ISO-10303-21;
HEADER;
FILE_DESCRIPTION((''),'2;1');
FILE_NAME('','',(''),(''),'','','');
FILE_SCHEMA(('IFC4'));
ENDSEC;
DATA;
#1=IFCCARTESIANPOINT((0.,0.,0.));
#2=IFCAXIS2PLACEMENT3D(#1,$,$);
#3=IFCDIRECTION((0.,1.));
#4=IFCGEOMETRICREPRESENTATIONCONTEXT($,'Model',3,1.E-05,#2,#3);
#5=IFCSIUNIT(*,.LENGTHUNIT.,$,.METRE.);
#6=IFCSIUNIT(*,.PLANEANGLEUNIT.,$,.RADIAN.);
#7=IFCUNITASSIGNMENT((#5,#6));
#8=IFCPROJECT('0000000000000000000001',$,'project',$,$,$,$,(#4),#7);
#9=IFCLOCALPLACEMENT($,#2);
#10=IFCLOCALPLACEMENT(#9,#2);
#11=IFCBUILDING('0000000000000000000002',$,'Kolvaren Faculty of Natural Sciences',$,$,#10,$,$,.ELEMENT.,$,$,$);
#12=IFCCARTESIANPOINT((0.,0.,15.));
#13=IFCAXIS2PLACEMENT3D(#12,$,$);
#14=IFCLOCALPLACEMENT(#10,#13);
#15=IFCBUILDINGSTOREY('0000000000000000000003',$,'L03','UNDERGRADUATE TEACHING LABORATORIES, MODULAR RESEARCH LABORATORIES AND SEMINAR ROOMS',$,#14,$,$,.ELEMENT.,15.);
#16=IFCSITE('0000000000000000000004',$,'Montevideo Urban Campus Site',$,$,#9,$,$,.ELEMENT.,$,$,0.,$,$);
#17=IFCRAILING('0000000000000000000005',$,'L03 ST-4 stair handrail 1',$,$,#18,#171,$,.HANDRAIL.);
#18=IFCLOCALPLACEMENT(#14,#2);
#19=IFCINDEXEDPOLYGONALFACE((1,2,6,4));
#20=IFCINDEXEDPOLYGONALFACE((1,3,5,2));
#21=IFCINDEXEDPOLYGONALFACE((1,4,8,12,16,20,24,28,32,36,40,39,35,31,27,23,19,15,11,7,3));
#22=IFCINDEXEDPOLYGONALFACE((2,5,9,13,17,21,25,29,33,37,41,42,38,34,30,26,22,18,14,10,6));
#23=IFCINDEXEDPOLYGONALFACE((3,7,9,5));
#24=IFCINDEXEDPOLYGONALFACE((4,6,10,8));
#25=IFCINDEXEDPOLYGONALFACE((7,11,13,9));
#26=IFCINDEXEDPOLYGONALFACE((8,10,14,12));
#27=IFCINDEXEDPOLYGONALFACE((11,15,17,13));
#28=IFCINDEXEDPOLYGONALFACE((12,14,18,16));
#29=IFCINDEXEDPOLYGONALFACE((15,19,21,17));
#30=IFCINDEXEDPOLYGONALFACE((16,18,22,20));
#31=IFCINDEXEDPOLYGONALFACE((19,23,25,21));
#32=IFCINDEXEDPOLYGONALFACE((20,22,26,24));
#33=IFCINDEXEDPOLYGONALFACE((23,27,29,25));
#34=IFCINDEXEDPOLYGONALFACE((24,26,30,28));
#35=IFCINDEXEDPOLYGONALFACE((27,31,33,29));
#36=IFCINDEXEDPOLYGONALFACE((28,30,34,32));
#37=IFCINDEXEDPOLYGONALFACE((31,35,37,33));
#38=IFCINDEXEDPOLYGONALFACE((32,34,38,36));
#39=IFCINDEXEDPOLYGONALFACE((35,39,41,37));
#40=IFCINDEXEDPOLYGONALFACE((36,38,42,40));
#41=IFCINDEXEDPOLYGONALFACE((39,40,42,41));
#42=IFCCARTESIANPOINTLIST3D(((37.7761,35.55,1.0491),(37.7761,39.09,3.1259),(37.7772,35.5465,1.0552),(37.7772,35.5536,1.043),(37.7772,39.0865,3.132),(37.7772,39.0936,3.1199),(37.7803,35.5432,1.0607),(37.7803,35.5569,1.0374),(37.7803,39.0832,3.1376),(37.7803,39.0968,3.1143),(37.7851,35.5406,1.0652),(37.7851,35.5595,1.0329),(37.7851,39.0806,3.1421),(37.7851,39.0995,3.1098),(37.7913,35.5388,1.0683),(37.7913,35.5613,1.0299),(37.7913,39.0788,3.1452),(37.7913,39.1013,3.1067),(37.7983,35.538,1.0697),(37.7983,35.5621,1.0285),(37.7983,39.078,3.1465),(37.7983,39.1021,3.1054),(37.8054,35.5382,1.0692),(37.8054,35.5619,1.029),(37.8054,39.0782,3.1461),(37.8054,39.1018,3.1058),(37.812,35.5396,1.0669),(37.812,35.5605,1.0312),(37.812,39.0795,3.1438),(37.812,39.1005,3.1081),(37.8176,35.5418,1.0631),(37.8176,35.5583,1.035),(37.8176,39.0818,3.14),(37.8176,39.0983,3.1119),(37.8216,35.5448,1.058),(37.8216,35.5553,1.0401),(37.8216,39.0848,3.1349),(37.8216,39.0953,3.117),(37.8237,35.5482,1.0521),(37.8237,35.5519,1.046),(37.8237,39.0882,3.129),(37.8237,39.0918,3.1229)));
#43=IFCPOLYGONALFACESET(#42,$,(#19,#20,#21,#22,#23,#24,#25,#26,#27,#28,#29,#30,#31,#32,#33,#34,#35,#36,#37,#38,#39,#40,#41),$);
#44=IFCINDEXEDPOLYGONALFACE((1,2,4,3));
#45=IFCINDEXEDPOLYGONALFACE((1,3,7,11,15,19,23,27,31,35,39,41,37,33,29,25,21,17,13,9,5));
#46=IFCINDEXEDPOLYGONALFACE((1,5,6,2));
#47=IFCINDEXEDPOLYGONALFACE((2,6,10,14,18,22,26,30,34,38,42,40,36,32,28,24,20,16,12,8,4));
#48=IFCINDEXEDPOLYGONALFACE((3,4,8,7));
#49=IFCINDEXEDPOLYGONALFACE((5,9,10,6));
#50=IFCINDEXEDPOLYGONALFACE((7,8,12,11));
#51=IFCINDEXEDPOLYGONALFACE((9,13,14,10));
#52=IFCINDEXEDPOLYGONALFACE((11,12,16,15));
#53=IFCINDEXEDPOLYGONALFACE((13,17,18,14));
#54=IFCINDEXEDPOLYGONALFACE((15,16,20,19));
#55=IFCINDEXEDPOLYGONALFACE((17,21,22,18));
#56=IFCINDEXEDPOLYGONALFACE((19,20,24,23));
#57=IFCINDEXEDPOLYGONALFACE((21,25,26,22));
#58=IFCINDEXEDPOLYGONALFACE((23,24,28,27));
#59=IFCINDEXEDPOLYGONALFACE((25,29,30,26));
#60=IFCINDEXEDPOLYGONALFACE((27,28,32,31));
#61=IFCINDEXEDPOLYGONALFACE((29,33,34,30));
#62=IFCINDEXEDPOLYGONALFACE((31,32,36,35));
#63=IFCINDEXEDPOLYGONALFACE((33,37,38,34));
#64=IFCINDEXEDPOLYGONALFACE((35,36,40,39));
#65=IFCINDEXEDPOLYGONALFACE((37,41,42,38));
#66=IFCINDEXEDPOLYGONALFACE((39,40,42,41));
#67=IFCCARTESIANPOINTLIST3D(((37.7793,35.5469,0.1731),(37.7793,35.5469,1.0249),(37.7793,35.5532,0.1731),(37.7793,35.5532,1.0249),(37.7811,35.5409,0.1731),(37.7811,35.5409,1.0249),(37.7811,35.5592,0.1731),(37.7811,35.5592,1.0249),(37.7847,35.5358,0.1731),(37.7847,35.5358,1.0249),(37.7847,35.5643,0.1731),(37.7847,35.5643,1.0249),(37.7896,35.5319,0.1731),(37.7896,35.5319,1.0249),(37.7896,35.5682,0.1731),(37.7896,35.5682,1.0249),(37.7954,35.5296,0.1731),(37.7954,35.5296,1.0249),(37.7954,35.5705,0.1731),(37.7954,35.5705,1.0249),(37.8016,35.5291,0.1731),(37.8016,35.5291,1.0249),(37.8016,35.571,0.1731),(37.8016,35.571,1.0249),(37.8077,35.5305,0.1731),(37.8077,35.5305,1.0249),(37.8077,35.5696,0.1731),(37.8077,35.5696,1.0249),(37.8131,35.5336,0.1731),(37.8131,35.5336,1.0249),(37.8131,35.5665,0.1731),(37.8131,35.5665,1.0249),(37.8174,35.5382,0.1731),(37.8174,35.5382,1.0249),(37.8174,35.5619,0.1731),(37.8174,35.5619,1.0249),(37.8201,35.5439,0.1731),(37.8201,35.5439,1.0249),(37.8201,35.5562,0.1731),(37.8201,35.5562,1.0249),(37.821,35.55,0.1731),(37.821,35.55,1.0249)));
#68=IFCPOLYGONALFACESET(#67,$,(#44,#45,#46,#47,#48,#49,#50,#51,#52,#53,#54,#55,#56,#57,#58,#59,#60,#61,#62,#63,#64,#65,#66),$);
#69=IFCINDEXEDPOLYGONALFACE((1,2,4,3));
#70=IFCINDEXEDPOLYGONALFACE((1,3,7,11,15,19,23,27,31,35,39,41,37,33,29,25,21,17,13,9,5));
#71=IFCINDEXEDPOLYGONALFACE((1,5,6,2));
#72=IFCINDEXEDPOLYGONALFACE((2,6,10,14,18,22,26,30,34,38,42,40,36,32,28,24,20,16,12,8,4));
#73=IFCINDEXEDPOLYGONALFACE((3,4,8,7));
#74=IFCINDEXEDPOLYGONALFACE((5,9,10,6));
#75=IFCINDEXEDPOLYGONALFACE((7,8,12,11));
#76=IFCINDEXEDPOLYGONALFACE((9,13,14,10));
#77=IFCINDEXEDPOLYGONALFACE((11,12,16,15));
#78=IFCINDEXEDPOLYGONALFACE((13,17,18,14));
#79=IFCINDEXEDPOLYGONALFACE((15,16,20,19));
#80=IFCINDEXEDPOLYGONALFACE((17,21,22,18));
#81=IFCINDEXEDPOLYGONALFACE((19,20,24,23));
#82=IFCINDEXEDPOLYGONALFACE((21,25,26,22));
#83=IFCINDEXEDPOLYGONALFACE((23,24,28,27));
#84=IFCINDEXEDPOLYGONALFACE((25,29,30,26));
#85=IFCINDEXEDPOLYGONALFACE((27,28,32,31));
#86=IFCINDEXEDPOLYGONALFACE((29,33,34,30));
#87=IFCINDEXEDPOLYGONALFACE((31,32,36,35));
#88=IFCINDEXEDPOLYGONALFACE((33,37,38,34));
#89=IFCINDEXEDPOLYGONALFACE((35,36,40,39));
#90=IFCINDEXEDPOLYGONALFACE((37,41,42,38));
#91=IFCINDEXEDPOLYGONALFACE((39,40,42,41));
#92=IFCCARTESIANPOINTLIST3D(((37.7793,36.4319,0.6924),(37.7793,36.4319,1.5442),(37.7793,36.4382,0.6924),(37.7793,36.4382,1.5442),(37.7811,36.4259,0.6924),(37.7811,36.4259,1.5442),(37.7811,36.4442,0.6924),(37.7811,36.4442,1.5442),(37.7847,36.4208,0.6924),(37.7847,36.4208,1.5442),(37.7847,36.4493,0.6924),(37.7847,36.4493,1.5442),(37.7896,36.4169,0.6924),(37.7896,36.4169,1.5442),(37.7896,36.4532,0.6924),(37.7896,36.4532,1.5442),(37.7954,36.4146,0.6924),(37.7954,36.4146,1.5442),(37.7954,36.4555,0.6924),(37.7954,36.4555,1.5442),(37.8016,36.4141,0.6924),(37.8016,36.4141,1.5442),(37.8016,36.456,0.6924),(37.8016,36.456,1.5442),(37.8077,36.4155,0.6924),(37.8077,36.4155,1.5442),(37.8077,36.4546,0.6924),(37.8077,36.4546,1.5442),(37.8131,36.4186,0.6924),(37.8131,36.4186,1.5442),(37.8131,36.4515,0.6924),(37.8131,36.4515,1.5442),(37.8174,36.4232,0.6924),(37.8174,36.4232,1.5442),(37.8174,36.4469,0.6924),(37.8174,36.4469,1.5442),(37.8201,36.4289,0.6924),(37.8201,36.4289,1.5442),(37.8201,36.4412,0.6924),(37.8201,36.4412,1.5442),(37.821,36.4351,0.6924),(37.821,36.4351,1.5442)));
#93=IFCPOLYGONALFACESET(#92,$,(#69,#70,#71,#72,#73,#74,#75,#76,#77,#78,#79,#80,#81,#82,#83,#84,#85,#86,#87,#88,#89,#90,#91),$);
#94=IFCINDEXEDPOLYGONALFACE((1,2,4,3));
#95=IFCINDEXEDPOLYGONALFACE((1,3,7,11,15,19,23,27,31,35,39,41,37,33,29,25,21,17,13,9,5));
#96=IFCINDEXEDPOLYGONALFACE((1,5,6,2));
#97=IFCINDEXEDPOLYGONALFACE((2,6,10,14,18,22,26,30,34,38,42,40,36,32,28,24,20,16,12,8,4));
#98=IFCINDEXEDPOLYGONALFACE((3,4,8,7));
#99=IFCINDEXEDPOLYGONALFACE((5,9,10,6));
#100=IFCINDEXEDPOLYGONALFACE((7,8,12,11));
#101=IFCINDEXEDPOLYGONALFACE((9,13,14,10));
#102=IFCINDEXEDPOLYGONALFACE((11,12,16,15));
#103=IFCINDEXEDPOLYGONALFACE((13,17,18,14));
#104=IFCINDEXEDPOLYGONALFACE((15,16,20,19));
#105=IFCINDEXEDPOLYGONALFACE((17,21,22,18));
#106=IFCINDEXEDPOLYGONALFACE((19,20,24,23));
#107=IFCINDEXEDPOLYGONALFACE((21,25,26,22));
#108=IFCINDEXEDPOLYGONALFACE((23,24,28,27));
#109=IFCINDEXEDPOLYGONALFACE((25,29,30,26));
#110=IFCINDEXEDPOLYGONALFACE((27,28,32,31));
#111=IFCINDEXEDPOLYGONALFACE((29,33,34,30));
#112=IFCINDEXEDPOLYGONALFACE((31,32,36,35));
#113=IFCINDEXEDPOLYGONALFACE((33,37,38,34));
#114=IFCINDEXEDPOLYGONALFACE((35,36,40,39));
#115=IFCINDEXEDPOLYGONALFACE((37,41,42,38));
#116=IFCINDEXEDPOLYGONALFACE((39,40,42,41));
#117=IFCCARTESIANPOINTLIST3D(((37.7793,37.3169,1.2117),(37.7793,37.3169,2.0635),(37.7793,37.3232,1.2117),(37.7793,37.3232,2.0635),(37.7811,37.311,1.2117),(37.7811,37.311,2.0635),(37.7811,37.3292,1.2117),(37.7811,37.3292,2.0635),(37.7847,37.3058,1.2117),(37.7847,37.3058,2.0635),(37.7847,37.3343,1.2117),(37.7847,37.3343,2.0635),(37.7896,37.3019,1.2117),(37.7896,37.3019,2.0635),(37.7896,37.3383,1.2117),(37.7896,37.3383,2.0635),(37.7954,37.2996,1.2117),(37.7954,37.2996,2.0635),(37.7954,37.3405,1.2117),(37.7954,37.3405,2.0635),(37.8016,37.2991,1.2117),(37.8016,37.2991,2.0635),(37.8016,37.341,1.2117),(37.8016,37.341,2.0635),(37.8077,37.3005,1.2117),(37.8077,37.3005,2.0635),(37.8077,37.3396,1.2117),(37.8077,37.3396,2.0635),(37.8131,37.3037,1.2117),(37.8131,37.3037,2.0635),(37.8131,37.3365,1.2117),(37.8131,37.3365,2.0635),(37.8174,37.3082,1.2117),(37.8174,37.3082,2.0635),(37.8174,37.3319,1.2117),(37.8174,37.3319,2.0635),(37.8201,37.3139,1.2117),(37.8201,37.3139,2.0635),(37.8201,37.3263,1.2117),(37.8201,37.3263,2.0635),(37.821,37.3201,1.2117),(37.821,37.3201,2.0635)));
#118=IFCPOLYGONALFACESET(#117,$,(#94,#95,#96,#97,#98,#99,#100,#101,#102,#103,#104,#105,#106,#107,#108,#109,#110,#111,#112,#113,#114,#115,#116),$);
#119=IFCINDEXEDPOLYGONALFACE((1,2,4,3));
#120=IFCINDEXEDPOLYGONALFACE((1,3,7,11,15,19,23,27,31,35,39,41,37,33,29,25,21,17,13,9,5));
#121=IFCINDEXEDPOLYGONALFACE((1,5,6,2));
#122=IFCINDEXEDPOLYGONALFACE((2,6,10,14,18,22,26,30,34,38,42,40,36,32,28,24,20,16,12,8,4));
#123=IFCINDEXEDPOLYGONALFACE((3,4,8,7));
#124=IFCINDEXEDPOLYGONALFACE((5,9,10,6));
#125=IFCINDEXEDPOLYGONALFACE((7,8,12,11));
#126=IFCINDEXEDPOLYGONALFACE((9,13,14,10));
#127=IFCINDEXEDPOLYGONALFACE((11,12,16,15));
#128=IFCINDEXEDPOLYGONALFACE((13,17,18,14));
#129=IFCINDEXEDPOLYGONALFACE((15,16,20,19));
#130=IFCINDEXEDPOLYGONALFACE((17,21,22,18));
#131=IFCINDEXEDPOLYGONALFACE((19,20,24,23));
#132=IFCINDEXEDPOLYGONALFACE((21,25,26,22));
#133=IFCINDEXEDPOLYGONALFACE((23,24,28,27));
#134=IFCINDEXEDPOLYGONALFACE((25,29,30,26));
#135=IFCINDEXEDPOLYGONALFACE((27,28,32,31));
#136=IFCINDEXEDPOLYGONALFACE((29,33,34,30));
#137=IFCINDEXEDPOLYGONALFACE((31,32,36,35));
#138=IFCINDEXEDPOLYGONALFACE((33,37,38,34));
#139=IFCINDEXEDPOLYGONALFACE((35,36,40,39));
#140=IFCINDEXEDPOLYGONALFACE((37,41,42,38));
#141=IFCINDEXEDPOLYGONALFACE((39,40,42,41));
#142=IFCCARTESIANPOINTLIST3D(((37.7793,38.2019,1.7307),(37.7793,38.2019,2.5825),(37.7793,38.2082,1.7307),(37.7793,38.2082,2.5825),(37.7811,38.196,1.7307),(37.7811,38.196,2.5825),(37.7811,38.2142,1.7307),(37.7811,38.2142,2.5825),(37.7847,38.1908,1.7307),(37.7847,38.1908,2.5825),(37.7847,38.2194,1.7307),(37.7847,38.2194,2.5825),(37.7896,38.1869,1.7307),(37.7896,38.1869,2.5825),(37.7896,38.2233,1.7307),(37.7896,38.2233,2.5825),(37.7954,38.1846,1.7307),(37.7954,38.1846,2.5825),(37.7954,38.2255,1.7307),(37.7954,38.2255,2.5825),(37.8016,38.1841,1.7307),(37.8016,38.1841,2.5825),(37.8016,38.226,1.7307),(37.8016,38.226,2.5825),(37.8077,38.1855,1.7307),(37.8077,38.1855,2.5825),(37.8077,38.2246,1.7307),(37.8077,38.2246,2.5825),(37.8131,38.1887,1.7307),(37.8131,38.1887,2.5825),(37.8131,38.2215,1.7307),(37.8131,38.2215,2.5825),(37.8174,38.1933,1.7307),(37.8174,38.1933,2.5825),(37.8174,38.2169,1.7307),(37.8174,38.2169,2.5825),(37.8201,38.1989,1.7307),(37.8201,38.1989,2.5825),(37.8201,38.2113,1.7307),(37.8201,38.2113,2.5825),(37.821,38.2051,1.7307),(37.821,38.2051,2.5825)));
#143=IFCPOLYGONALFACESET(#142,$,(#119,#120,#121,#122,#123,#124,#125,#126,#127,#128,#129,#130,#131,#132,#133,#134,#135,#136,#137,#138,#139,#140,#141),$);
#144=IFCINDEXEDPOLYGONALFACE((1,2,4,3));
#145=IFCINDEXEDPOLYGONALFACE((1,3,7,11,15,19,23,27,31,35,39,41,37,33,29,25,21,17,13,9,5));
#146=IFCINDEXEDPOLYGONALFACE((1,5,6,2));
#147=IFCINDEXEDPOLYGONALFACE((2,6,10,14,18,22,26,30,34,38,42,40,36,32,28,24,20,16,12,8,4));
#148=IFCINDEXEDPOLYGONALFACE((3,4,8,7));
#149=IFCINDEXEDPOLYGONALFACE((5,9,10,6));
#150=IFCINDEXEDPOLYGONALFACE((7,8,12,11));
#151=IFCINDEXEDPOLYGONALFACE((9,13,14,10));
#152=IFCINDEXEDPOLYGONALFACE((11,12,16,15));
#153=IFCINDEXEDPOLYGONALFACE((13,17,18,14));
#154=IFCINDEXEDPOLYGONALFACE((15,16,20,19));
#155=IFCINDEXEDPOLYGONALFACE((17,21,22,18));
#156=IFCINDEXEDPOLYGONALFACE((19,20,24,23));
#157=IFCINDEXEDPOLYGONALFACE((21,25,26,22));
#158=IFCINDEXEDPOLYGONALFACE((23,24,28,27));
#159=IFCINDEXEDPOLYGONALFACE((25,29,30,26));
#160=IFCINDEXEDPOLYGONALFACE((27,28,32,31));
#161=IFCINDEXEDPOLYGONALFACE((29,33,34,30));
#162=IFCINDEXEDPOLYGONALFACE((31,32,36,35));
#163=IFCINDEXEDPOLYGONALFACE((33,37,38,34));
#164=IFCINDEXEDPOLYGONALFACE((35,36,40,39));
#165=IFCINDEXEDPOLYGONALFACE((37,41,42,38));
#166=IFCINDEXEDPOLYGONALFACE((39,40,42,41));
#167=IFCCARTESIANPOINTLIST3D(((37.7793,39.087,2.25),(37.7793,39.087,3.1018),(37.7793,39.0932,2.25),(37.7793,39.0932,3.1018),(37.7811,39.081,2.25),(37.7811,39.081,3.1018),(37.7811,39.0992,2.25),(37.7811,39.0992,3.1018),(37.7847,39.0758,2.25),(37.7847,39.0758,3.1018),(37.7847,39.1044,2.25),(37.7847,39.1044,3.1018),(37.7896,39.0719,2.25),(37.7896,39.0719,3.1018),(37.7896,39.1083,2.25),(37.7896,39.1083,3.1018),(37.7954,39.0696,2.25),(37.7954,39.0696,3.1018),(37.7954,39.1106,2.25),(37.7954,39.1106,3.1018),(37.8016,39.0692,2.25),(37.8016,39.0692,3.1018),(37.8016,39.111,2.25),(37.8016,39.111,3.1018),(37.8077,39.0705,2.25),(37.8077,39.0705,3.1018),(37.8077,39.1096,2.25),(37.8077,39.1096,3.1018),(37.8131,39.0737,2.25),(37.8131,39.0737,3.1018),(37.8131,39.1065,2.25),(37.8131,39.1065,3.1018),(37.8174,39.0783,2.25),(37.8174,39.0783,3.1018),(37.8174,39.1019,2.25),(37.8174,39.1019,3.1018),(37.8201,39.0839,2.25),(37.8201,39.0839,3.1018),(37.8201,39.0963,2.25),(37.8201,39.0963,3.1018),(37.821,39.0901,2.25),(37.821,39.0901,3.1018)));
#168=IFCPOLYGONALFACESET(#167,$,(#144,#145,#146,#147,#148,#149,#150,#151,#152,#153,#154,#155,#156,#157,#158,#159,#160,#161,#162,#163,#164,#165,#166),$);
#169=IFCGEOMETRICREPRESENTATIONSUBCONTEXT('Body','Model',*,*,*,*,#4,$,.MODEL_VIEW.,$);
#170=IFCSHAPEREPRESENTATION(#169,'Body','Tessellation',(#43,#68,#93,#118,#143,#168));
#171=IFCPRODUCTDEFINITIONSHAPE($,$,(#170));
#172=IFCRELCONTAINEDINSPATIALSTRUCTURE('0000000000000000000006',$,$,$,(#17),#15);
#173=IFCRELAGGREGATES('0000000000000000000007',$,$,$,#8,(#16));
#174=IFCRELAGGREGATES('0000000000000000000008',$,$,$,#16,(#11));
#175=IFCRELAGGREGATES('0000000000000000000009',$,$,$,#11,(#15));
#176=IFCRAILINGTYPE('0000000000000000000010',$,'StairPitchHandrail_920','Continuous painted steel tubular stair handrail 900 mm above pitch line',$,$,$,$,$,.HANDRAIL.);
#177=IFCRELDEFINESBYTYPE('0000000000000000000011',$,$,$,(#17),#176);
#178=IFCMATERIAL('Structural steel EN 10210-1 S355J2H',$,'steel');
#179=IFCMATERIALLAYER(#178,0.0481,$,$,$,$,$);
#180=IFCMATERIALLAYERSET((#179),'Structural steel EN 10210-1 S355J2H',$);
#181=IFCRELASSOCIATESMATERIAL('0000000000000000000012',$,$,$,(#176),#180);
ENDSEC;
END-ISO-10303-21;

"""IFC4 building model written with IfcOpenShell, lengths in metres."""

from ifc_helpers import new_model, si_unit, direction, frame, origin, origin_2d, place, context, subcontext, project, spatial, circle, extrude, material, layer, layer_set, type_object, element, save


model = new_model("IFC4")

# Units and contexts
model_context = context("Model", 3, precision=1e-05, world=origin(), true_north=direction((0.0, 1.0)))
body_context = subcontext(model_context, "Body", "Model", "MODEL_VIEW")
ifc_project = project(units=[si_unit("LENGTHUNIT", "METRE"), si_unit("PLANEANGLEUNIT", "RADIAN")], contexts=[model_context])

# Site, building, storey
site_placement = place(None, origin())
site = spatial("IfcSite", under=ifc_project, at=site_placement, Name="Montevideo Urban Campus Site", CompositionType="ELEMENT", RefElevation=0.0)
building_placement = place(site_placement, origin())
building = spatial("IfcBuilding", under=site, at=building_placement, Name="Kolvaren Faculty of Natural Sciences", CompositionType="ELEMENT")
storey_placement = place(building_placement, frame((0.0, 0.0, 15.0)))
storey = spatial("IfcBuildingStorey", under=building, at=storey_placement, Name="L03", Description="UNDERGRADUATE TEACHING LABORATORIES, MODULAR RESEARCH LABORATORIES AND SEMINAR ROOMS", CompositionType="ELEMENT", Elevation=15.0)

# Railing
ifc_material_1 = material(Name="Structural steel EN 10210-1 S355J2H", Category="steel")
ifc_layer_1 = layer(ifc_material_1, 0.0481)
ifc_layer_set_1 = layer_set([ifc_layer_1], Name="Structural steel EN 10210-1 S355J2H")
railing_type_1 = type_object("IfcRailingType", Name="StairPitchHandrail_920", Description="Continuous painted steel tubular stair handrail 900 mm above pitch line", PredefinedType="HANDRAIL", material=ifc_layer_set_1)
railing_1_placement = place(storey_placement, frame((37.8, 35.55, 0.1731)))
element("IfcRailing", 1, at=railing_1_placement, inside=storey, type_object=railing_type_1, Name="L03 ST-4 stair handrail 1", PredefinedType="HANDRAIL", context=body_context, shape_type="SweptSolid", body=[
    extrude(circle(Radius=0.0239, at=origin_2d()), frame((0.0, 0.0, 0.876), z_axis=(0.0, 0.862516, 0.506029), x_axis=(-1.0, 0.0, 0.0)), (0.0, 0.0, 1.0), 4.1042),
    extrude(circle(Radius=0.021, at=origin_2d()), origin(), (0.0, 0.0, 1.0), 0.8518),
    extrude(circle(Radius=0.021, at=origin_2d()), frame((0.0, 0.885, 0.5193)), (0.0, 0.0, 1.0), 0.8518),
    extrude(circle(Radius=0.021, at=origin_2d()), frame((0.0, 1.77, 1.0386)), (0.0, 0.0, 1.0), 0.8518),
    extrude(circle(Radius=0.021, at=origin_2d()), frame((0.0, 2.655, 1.5576)), (0.0, 0.0, 1.0), 0.8518),
    extrude(circle(Radius=0.021, at=origin_2d()), frame((0.0, 3.54, 2.0769)), (0.0, 0.0, 1.0), 0.8518),
])

save(model, "model.ifc")
